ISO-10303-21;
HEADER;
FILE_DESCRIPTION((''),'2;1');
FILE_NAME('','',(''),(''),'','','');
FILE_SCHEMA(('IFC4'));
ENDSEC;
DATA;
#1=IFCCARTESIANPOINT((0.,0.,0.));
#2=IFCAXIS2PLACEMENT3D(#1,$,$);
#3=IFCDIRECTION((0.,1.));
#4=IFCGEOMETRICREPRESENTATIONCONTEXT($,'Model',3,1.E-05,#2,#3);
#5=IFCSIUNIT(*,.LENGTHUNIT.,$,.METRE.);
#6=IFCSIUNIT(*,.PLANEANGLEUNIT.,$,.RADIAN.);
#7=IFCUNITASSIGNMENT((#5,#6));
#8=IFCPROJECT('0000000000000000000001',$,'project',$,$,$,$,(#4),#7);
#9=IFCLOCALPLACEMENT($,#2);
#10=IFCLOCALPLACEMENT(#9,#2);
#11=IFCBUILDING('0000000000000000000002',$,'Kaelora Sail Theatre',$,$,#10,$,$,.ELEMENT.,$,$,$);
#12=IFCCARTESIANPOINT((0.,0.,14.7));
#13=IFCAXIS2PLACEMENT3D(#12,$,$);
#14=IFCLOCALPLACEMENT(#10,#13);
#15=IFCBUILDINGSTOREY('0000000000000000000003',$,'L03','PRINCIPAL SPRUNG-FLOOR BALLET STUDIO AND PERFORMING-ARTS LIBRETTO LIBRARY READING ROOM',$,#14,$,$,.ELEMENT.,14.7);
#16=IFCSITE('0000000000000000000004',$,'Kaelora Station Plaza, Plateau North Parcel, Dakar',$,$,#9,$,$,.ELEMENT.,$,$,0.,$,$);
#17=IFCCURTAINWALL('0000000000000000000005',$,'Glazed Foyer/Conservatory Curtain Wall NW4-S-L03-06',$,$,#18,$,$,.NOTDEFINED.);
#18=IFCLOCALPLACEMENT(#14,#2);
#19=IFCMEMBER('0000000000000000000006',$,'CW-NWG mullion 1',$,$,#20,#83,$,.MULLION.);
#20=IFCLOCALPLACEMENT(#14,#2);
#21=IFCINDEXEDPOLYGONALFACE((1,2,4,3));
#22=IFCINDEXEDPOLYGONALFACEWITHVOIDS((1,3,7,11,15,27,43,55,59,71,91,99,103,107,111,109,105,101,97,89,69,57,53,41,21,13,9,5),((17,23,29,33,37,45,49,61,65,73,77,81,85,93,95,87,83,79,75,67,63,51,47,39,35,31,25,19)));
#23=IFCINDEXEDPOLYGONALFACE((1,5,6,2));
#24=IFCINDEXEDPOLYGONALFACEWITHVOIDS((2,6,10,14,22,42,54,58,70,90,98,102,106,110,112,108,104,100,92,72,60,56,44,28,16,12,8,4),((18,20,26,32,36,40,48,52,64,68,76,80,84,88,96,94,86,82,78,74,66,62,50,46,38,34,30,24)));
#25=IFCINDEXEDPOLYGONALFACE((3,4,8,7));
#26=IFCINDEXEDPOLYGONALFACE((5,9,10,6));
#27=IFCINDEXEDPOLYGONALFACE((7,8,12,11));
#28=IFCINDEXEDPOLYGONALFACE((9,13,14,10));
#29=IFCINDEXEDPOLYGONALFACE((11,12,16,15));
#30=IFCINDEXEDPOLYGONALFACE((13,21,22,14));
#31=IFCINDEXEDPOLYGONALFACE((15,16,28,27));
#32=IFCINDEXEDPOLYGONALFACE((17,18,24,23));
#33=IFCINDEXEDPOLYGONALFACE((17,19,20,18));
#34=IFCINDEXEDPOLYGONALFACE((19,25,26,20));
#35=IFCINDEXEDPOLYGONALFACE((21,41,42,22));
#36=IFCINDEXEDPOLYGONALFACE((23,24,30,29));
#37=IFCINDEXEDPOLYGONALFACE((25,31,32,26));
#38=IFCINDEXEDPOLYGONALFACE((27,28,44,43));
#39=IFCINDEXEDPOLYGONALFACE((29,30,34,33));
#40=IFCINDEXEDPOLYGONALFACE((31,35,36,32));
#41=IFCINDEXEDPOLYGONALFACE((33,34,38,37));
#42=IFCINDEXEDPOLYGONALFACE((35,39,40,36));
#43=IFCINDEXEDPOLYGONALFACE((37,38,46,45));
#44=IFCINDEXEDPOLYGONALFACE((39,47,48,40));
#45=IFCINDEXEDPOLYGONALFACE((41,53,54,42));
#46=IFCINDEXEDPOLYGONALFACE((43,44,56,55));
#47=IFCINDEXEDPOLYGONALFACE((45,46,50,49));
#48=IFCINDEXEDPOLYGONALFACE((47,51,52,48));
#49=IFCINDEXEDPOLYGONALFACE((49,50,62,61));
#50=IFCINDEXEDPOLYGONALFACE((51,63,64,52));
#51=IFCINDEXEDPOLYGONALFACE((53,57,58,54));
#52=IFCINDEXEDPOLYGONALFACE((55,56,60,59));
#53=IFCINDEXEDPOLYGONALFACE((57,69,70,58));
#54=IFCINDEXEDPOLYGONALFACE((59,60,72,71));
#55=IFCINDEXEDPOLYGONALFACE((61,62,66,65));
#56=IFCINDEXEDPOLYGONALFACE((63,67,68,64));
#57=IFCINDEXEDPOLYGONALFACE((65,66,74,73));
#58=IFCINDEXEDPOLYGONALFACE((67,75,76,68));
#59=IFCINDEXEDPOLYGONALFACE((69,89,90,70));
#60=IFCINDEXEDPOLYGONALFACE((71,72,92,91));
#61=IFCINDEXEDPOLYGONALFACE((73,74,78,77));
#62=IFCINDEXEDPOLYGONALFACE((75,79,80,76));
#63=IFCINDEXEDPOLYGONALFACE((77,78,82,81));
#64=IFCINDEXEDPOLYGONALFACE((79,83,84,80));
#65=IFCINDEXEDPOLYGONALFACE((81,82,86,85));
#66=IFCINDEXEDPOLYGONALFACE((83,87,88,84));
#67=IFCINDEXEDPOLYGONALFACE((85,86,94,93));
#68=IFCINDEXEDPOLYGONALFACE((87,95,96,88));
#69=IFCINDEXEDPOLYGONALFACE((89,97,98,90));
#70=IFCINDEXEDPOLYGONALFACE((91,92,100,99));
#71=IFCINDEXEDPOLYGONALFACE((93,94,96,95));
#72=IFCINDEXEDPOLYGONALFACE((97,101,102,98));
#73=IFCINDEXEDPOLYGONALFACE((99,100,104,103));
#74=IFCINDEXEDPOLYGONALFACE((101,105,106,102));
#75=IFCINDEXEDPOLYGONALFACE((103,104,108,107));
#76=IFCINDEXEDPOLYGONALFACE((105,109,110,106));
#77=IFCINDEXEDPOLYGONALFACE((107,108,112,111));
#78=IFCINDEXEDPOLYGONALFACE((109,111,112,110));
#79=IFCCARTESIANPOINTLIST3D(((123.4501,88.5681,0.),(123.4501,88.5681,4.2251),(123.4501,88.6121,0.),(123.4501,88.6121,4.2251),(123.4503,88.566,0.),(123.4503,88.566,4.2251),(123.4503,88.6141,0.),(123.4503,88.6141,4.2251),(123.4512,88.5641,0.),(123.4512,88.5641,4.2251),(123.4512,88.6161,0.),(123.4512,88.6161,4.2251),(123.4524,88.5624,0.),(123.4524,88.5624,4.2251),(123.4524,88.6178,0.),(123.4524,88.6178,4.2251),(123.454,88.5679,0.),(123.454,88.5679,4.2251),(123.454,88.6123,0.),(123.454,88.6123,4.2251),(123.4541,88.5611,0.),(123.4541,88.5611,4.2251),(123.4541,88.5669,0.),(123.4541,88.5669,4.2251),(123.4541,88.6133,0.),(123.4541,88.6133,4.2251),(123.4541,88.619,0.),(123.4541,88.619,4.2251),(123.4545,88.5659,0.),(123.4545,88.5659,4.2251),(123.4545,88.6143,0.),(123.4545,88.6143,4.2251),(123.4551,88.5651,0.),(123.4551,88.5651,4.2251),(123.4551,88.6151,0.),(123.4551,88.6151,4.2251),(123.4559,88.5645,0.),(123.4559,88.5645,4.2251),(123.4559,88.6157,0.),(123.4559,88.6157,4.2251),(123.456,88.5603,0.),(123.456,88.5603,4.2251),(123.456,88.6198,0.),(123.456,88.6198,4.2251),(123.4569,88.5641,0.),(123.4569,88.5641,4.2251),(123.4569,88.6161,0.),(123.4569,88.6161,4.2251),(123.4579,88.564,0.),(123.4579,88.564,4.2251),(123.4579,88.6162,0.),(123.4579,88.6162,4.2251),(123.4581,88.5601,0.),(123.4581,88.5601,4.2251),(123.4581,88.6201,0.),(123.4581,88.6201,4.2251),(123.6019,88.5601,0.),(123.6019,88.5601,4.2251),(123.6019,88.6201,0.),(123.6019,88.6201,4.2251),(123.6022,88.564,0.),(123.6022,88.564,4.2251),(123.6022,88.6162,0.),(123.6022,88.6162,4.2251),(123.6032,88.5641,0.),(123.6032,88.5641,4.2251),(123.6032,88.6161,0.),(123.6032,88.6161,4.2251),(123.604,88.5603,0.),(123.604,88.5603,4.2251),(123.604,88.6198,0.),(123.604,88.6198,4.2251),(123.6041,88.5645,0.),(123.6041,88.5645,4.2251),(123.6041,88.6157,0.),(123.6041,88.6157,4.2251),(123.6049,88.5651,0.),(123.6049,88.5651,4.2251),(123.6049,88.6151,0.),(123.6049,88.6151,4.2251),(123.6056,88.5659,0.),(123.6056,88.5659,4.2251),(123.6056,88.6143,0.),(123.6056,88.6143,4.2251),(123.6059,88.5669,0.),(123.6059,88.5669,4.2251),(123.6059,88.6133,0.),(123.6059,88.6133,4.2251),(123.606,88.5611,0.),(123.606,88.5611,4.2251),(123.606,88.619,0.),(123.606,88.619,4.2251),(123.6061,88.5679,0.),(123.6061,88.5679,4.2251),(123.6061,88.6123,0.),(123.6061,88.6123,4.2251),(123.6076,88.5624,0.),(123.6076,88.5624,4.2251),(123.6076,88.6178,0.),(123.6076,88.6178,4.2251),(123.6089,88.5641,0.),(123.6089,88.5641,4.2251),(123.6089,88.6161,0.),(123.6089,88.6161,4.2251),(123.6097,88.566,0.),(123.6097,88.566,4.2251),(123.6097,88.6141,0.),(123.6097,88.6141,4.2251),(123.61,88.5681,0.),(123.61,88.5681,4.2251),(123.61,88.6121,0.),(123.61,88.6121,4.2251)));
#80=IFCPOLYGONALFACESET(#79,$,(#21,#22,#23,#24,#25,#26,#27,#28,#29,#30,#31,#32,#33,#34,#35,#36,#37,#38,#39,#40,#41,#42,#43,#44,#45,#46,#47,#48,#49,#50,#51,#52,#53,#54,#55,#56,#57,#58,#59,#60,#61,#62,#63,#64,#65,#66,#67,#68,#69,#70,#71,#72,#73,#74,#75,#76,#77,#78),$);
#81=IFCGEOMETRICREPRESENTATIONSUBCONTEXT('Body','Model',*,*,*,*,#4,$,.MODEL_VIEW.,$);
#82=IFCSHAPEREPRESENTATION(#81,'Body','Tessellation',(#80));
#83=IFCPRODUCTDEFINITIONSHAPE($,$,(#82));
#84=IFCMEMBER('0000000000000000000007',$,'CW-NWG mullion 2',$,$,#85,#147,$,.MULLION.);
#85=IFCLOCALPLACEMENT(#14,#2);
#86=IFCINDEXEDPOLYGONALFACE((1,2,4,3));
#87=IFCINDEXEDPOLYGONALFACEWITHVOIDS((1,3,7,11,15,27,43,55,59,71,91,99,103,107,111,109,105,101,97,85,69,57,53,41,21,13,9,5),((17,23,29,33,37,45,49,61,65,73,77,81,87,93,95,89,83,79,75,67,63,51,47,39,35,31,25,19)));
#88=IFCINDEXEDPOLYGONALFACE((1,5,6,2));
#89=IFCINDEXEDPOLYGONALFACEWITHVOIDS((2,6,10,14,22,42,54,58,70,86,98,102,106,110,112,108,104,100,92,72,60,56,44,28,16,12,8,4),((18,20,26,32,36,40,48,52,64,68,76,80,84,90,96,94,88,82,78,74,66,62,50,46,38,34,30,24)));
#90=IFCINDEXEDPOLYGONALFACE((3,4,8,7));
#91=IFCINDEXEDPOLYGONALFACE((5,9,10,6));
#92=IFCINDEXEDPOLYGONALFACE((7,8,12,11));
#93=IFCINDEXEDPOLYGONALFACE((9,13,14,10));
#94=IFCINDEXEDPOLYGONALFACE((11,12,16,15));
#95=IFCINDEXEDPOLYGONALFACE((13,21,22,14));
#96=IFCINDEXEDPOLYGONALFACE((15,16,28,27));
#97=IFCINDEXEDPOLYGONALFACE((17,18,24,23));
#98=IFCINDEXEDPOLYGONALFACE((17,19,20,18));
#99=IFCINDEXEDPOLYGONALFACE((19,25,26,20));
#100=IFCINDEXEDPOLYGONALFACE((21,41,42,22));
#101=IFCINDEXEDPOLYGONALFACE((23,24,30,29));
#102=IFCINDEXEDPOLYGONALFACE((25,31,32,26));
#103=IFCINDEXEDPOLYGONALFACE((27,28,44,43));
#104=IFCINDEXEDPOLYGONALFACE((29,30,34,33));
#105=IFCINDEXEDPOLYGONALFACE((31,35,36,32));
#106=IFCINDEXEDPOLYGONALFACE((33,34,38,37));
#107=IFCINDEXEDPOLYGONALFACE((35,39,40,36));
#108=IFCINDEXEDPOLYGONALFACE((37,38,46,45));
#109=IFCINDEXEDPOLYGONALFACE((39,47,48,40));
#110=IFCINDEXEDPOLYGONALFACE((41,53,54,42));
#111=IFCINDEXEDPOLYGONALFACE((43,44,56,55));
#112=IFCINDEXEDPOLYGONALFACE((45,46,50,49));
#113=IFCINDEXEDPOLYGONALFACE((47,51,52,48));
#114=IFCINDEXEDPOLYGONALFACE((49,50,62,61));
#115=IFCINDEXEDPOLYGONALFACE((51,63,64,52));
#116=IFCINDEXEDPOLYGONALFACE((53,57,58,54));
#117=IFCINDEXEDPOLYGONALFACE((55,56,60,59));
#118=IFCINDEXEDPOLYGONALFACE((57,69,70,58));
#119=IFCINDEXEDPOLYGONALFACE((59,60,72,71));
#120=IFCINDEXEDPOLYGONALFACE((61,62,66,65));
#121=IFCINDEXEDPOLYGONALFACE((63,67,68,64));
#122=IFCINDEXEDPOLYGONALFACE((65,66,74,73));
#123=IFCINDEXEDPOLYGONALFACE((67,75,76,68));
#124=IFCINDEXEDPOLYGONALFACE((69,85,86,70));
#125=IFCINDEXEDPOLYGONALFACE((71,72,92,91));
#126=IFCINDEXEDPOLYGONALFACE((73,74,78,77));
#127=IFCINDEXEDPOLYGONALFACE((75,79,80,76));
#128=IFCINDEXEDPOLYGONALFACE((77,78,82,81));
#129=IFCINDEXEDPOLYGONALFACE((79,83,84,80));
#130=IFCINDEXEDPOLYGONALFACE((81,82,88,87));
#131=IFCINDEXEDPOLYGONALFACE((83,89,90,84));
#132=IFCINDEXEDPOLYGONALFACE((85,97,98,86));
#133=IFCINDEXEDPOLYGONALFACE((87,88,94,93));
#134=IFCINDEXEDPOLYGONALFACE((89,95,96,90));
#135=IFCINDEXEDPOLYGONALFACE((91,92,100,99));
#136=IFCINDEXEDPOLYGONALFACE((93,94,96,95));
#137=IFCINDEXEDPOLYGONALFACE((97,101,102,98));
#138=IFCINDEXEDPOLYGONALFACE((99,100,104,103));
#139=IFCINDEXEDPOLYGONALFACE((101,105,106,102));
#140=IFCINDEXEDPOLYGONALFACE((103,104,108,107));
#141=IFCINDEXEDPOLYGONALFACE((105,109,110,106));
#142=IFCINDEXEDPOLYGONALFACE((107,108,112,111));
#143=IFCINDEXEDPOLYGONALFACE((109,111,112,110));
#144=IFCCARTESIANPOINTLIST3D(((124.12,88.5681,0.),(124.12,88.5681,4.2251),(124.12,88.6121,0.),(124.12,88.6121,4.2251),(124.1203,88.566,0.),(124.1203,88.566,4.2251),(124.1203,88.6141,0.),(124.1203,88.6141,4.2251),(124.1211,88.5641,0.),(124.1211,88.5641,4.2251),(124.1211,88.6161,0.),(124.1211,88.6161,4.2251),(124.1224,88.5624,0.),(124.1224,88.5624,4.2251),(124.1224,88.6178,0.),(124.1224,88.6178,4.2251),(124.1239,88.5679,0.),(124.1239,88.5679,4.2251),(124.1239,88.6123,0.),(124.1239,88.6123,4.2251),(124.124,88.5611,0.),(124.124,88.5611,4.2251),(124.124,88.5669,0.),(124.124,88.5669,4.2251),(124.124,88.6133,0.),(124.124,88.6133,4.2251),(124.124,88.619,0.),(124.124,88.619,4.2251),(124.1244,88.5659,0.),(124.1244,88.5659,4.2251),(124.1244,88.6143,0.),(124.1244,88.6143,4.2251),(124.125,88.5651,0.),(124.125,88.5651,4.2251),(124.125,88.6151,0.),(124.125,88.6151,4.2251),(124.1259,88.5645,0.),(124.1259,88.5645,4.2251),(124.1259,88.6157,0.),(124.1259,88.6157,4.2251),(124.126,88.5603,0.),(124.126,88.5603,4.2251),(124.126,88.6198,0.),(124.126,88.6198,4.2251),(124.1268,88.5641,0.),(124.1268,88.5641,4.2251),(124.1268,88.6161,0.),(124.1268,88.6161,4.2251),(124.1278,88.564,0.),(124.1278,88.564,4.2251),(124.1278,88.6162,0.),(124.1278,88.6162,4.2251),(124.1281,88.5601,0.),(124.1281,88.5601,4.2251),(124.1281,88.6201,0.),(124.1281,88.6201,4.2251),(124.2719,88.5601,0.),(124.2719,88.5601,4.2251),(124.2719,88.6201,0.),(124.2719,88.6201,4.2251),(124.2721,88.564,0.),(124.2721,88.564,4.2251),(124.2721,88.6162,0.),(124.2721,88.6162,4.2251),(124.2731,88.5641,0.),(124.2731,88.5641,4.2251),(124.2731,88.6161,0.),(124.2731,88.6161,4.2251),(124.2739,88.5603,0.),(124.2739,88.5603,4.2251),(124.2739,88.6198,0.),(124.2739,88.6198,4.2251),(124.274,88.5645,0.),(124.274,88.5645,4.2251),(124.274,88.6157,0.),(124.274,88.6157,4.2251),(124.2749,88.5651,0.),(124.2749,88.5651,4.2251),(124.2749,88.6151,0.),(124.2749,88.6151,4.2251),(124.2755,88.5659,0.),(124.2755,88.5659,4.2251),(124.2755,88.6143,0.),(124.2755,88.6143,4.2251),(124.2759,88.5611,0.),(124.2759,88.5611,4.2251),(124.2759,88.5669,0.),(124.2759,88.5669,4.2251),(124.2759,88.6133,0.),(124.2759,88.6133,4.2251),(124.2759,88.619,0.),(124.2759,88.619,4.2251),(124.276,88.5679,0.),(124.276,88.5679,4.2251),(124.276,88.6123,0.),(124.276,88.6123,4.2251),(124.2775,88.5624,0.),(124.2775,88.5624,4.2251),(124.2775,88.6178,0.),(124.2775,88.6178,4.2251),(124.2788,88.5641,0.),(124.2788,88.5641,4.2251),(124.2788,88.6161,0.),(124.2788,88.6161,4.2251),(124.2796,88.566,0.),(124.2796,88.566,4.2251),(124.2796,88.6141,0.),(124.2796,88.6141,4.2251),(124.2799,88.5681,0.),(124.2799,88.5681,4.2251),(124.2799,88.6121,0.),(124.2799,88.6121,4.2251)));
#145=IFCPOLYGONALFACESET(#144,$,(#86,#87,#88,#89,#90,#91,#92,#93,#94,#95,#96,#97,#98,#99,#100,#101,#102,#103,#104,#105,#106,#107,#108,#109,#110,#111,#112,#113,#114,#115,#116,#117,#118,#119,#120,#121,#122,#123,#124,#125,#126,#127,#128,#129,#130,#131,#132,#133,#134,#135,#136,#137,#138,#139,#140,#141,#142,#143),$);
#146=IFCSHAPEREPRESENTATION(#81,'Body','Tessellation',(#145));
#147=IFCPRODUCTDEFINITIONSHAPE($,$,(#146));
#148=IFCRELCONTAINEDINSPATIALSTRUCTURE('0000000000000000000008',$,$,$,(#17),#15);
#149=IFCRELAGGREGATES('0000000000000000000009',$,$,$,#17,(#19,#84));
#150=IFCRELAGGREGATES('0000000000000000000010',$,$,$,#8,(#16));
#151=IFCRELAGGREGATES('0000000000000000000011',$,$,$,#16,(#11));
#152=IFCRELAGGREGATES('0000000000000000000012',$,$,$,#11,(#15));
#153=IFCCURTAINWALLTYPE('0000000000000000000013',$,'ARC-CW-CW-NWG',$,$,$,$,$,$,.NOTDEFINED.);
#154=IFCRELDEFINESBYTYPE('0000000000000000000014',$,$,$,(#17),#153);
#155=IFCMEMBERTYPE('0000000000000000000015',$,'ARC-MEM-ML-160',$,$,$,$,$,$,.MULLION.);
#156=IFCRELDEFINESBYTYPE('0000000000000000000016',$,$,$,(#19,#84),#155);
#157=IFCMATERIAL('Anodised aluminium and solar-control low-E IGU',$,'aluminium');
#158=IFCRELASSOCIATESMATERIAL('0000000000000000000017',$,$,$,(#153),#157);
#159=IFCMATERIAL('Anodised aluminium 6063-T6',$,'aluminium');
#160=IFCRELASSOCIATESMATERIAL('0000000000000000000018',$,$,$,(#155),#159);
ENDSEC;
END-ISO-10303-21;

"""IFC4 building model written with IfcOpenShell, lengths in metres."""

from ifc_helpers import new_model, si_unit, direction, frame, origin, origin_2d, place, context, subcontext, project, spatial, hollow_rectangle, extrude, material, material_profile, profile_set, type_object, element, aggregate, save


model = new_model("IFC4")

# Units and contexts
model_context = context("Model", 3, precision=1e-05, world=origin(), true_north=direction((0.0, 1.0)))
body_context = subcontext(model_context, "Body", "Model", "MODEL_VIEW")
ifc_project = project(units=[si_unit("LENGTHUNIT", "METRE"), si_unit("PLANEANGLEUNIT", "RADIAN")], contexts=[model_context])

# Site, building, storey
site_placement = place(None, origin())
site = spatial("IfcSite", under=ifc_project, at=site_placement, Name="Kaelora Station Plaza, Plateau North Parcel, Dakar", CompositionType="ELEMENT", RefElevation=0.0)
building_placement = place(site_placement, origin())
building = spatial("IfcBuilding", under=site, at=building_placement, Name="Kaelora Sail Theatre", CompositionType="ELEMENT")
storey_placement = place(building_placement, frame((0.0, 0.0, 14.7)))
storey = spatial("IfcBuildingStorey", under=building, at=storey_placement, Name="L03", Description="PRINCIPAL SPRUNG-FLOOR BALLET STUDIO AND PERFORMING-ARTS LIBRETTO LIBRARY READING ROOM", CompositionType="ELEMENT", Elevation=14.7)

# Curtain wall, members
ifc_material_1 = material(Name="Anodised aluminium and solar-control low-E IGU", Category="aluminium")
curtain_wall_type = type_object("IfcCurtainWallType", Name="ARC-CW-CW-NWG", PredefinedType="NOTDEFINED", material=ifc_material_1)
ifc_material_2 = material(Name="Anodised aluminium 6063-T6", Category="aluminium")
ifc_material_profile_1 = material_profile(ifc_material_2, hollow_rectangle(XDim=0.0601, YDim=0.1599, WallThickness=0.0039, InnerFilletRadius=0.0039, OuterFilletRadius=0.0081, at=origin_2d()), Name="ALU-MULL 60x160x4")
ifc_profile_set_1 = profile_set([ifc_material_profile_1], Name="Anodised aluminium 6063-T6")
member_type_1 = type_object("IfcMemberType", Name="ARC-MEM-ML-160", PredefinedType="MULLION", material=ifc_profile_set_1)
curtain_wall_1_placement = place(storey_placement, origin())
curtain_wall_1 = element("IfcCurtainWall", 1, at=curtain_wall_1_placement, inside=storey, type_object=curtain_wall_type, Name="Glazed Foyer/Conservatory Curtain Wall NW4-S-L03-06", PredefinedType="NOTDEFINED")
member_1_placement = place(storey_placement, frame((123.53, 88.5901, 0.0), z_axis=(0.0, 0.0, 1.0), x_axis=(0.0, 1.0, 0.0)))
member_1 = element("IfcMember", 2, at=member_1_placement, type_object=member_type_1, Name="CW-NWG mullion 1", PredefinedType="MULLION", context=body_context, shape_type="SweptSolid", body=[
    extrude(hollow_rectangle(XDim=0.0601, YDim=0.1599, WallThickness=0.0039, InnerFilletRadius=0.0039, OuterFilletRadius=0.0081, at=origin_2d()), origin(), (0.0, 0.0, 1.0), 4.2251),
])
member_2_placement = place(storey_placement, frame((124.2, 88.5901, 0.0), z_axis=(0.0, 0.0, 1.0), x_axis=(0.0, 1.0, 0.0)))
member_2 = element("IfcMember", 3, at=member_2_placement, type_object=member_type_1, Name="CW-NWG mullion 2", PredefinedType="MULLION", context=body_context, shape_type="SweptSolid", body=[
    extrude(hollow_rectangle(XDim=0.0601, YDim=0.1599, WallThickness=0.0039, InnerFilletRadius=0.0039, OuterFilletRadius=0.0081, at=origin_2d()), origin(), (0.0, 0.0, 1.0), 4.2251),
])

aggregate(curtain_wall_1, [member_1, member_2])

save(model, "model.ifc")
